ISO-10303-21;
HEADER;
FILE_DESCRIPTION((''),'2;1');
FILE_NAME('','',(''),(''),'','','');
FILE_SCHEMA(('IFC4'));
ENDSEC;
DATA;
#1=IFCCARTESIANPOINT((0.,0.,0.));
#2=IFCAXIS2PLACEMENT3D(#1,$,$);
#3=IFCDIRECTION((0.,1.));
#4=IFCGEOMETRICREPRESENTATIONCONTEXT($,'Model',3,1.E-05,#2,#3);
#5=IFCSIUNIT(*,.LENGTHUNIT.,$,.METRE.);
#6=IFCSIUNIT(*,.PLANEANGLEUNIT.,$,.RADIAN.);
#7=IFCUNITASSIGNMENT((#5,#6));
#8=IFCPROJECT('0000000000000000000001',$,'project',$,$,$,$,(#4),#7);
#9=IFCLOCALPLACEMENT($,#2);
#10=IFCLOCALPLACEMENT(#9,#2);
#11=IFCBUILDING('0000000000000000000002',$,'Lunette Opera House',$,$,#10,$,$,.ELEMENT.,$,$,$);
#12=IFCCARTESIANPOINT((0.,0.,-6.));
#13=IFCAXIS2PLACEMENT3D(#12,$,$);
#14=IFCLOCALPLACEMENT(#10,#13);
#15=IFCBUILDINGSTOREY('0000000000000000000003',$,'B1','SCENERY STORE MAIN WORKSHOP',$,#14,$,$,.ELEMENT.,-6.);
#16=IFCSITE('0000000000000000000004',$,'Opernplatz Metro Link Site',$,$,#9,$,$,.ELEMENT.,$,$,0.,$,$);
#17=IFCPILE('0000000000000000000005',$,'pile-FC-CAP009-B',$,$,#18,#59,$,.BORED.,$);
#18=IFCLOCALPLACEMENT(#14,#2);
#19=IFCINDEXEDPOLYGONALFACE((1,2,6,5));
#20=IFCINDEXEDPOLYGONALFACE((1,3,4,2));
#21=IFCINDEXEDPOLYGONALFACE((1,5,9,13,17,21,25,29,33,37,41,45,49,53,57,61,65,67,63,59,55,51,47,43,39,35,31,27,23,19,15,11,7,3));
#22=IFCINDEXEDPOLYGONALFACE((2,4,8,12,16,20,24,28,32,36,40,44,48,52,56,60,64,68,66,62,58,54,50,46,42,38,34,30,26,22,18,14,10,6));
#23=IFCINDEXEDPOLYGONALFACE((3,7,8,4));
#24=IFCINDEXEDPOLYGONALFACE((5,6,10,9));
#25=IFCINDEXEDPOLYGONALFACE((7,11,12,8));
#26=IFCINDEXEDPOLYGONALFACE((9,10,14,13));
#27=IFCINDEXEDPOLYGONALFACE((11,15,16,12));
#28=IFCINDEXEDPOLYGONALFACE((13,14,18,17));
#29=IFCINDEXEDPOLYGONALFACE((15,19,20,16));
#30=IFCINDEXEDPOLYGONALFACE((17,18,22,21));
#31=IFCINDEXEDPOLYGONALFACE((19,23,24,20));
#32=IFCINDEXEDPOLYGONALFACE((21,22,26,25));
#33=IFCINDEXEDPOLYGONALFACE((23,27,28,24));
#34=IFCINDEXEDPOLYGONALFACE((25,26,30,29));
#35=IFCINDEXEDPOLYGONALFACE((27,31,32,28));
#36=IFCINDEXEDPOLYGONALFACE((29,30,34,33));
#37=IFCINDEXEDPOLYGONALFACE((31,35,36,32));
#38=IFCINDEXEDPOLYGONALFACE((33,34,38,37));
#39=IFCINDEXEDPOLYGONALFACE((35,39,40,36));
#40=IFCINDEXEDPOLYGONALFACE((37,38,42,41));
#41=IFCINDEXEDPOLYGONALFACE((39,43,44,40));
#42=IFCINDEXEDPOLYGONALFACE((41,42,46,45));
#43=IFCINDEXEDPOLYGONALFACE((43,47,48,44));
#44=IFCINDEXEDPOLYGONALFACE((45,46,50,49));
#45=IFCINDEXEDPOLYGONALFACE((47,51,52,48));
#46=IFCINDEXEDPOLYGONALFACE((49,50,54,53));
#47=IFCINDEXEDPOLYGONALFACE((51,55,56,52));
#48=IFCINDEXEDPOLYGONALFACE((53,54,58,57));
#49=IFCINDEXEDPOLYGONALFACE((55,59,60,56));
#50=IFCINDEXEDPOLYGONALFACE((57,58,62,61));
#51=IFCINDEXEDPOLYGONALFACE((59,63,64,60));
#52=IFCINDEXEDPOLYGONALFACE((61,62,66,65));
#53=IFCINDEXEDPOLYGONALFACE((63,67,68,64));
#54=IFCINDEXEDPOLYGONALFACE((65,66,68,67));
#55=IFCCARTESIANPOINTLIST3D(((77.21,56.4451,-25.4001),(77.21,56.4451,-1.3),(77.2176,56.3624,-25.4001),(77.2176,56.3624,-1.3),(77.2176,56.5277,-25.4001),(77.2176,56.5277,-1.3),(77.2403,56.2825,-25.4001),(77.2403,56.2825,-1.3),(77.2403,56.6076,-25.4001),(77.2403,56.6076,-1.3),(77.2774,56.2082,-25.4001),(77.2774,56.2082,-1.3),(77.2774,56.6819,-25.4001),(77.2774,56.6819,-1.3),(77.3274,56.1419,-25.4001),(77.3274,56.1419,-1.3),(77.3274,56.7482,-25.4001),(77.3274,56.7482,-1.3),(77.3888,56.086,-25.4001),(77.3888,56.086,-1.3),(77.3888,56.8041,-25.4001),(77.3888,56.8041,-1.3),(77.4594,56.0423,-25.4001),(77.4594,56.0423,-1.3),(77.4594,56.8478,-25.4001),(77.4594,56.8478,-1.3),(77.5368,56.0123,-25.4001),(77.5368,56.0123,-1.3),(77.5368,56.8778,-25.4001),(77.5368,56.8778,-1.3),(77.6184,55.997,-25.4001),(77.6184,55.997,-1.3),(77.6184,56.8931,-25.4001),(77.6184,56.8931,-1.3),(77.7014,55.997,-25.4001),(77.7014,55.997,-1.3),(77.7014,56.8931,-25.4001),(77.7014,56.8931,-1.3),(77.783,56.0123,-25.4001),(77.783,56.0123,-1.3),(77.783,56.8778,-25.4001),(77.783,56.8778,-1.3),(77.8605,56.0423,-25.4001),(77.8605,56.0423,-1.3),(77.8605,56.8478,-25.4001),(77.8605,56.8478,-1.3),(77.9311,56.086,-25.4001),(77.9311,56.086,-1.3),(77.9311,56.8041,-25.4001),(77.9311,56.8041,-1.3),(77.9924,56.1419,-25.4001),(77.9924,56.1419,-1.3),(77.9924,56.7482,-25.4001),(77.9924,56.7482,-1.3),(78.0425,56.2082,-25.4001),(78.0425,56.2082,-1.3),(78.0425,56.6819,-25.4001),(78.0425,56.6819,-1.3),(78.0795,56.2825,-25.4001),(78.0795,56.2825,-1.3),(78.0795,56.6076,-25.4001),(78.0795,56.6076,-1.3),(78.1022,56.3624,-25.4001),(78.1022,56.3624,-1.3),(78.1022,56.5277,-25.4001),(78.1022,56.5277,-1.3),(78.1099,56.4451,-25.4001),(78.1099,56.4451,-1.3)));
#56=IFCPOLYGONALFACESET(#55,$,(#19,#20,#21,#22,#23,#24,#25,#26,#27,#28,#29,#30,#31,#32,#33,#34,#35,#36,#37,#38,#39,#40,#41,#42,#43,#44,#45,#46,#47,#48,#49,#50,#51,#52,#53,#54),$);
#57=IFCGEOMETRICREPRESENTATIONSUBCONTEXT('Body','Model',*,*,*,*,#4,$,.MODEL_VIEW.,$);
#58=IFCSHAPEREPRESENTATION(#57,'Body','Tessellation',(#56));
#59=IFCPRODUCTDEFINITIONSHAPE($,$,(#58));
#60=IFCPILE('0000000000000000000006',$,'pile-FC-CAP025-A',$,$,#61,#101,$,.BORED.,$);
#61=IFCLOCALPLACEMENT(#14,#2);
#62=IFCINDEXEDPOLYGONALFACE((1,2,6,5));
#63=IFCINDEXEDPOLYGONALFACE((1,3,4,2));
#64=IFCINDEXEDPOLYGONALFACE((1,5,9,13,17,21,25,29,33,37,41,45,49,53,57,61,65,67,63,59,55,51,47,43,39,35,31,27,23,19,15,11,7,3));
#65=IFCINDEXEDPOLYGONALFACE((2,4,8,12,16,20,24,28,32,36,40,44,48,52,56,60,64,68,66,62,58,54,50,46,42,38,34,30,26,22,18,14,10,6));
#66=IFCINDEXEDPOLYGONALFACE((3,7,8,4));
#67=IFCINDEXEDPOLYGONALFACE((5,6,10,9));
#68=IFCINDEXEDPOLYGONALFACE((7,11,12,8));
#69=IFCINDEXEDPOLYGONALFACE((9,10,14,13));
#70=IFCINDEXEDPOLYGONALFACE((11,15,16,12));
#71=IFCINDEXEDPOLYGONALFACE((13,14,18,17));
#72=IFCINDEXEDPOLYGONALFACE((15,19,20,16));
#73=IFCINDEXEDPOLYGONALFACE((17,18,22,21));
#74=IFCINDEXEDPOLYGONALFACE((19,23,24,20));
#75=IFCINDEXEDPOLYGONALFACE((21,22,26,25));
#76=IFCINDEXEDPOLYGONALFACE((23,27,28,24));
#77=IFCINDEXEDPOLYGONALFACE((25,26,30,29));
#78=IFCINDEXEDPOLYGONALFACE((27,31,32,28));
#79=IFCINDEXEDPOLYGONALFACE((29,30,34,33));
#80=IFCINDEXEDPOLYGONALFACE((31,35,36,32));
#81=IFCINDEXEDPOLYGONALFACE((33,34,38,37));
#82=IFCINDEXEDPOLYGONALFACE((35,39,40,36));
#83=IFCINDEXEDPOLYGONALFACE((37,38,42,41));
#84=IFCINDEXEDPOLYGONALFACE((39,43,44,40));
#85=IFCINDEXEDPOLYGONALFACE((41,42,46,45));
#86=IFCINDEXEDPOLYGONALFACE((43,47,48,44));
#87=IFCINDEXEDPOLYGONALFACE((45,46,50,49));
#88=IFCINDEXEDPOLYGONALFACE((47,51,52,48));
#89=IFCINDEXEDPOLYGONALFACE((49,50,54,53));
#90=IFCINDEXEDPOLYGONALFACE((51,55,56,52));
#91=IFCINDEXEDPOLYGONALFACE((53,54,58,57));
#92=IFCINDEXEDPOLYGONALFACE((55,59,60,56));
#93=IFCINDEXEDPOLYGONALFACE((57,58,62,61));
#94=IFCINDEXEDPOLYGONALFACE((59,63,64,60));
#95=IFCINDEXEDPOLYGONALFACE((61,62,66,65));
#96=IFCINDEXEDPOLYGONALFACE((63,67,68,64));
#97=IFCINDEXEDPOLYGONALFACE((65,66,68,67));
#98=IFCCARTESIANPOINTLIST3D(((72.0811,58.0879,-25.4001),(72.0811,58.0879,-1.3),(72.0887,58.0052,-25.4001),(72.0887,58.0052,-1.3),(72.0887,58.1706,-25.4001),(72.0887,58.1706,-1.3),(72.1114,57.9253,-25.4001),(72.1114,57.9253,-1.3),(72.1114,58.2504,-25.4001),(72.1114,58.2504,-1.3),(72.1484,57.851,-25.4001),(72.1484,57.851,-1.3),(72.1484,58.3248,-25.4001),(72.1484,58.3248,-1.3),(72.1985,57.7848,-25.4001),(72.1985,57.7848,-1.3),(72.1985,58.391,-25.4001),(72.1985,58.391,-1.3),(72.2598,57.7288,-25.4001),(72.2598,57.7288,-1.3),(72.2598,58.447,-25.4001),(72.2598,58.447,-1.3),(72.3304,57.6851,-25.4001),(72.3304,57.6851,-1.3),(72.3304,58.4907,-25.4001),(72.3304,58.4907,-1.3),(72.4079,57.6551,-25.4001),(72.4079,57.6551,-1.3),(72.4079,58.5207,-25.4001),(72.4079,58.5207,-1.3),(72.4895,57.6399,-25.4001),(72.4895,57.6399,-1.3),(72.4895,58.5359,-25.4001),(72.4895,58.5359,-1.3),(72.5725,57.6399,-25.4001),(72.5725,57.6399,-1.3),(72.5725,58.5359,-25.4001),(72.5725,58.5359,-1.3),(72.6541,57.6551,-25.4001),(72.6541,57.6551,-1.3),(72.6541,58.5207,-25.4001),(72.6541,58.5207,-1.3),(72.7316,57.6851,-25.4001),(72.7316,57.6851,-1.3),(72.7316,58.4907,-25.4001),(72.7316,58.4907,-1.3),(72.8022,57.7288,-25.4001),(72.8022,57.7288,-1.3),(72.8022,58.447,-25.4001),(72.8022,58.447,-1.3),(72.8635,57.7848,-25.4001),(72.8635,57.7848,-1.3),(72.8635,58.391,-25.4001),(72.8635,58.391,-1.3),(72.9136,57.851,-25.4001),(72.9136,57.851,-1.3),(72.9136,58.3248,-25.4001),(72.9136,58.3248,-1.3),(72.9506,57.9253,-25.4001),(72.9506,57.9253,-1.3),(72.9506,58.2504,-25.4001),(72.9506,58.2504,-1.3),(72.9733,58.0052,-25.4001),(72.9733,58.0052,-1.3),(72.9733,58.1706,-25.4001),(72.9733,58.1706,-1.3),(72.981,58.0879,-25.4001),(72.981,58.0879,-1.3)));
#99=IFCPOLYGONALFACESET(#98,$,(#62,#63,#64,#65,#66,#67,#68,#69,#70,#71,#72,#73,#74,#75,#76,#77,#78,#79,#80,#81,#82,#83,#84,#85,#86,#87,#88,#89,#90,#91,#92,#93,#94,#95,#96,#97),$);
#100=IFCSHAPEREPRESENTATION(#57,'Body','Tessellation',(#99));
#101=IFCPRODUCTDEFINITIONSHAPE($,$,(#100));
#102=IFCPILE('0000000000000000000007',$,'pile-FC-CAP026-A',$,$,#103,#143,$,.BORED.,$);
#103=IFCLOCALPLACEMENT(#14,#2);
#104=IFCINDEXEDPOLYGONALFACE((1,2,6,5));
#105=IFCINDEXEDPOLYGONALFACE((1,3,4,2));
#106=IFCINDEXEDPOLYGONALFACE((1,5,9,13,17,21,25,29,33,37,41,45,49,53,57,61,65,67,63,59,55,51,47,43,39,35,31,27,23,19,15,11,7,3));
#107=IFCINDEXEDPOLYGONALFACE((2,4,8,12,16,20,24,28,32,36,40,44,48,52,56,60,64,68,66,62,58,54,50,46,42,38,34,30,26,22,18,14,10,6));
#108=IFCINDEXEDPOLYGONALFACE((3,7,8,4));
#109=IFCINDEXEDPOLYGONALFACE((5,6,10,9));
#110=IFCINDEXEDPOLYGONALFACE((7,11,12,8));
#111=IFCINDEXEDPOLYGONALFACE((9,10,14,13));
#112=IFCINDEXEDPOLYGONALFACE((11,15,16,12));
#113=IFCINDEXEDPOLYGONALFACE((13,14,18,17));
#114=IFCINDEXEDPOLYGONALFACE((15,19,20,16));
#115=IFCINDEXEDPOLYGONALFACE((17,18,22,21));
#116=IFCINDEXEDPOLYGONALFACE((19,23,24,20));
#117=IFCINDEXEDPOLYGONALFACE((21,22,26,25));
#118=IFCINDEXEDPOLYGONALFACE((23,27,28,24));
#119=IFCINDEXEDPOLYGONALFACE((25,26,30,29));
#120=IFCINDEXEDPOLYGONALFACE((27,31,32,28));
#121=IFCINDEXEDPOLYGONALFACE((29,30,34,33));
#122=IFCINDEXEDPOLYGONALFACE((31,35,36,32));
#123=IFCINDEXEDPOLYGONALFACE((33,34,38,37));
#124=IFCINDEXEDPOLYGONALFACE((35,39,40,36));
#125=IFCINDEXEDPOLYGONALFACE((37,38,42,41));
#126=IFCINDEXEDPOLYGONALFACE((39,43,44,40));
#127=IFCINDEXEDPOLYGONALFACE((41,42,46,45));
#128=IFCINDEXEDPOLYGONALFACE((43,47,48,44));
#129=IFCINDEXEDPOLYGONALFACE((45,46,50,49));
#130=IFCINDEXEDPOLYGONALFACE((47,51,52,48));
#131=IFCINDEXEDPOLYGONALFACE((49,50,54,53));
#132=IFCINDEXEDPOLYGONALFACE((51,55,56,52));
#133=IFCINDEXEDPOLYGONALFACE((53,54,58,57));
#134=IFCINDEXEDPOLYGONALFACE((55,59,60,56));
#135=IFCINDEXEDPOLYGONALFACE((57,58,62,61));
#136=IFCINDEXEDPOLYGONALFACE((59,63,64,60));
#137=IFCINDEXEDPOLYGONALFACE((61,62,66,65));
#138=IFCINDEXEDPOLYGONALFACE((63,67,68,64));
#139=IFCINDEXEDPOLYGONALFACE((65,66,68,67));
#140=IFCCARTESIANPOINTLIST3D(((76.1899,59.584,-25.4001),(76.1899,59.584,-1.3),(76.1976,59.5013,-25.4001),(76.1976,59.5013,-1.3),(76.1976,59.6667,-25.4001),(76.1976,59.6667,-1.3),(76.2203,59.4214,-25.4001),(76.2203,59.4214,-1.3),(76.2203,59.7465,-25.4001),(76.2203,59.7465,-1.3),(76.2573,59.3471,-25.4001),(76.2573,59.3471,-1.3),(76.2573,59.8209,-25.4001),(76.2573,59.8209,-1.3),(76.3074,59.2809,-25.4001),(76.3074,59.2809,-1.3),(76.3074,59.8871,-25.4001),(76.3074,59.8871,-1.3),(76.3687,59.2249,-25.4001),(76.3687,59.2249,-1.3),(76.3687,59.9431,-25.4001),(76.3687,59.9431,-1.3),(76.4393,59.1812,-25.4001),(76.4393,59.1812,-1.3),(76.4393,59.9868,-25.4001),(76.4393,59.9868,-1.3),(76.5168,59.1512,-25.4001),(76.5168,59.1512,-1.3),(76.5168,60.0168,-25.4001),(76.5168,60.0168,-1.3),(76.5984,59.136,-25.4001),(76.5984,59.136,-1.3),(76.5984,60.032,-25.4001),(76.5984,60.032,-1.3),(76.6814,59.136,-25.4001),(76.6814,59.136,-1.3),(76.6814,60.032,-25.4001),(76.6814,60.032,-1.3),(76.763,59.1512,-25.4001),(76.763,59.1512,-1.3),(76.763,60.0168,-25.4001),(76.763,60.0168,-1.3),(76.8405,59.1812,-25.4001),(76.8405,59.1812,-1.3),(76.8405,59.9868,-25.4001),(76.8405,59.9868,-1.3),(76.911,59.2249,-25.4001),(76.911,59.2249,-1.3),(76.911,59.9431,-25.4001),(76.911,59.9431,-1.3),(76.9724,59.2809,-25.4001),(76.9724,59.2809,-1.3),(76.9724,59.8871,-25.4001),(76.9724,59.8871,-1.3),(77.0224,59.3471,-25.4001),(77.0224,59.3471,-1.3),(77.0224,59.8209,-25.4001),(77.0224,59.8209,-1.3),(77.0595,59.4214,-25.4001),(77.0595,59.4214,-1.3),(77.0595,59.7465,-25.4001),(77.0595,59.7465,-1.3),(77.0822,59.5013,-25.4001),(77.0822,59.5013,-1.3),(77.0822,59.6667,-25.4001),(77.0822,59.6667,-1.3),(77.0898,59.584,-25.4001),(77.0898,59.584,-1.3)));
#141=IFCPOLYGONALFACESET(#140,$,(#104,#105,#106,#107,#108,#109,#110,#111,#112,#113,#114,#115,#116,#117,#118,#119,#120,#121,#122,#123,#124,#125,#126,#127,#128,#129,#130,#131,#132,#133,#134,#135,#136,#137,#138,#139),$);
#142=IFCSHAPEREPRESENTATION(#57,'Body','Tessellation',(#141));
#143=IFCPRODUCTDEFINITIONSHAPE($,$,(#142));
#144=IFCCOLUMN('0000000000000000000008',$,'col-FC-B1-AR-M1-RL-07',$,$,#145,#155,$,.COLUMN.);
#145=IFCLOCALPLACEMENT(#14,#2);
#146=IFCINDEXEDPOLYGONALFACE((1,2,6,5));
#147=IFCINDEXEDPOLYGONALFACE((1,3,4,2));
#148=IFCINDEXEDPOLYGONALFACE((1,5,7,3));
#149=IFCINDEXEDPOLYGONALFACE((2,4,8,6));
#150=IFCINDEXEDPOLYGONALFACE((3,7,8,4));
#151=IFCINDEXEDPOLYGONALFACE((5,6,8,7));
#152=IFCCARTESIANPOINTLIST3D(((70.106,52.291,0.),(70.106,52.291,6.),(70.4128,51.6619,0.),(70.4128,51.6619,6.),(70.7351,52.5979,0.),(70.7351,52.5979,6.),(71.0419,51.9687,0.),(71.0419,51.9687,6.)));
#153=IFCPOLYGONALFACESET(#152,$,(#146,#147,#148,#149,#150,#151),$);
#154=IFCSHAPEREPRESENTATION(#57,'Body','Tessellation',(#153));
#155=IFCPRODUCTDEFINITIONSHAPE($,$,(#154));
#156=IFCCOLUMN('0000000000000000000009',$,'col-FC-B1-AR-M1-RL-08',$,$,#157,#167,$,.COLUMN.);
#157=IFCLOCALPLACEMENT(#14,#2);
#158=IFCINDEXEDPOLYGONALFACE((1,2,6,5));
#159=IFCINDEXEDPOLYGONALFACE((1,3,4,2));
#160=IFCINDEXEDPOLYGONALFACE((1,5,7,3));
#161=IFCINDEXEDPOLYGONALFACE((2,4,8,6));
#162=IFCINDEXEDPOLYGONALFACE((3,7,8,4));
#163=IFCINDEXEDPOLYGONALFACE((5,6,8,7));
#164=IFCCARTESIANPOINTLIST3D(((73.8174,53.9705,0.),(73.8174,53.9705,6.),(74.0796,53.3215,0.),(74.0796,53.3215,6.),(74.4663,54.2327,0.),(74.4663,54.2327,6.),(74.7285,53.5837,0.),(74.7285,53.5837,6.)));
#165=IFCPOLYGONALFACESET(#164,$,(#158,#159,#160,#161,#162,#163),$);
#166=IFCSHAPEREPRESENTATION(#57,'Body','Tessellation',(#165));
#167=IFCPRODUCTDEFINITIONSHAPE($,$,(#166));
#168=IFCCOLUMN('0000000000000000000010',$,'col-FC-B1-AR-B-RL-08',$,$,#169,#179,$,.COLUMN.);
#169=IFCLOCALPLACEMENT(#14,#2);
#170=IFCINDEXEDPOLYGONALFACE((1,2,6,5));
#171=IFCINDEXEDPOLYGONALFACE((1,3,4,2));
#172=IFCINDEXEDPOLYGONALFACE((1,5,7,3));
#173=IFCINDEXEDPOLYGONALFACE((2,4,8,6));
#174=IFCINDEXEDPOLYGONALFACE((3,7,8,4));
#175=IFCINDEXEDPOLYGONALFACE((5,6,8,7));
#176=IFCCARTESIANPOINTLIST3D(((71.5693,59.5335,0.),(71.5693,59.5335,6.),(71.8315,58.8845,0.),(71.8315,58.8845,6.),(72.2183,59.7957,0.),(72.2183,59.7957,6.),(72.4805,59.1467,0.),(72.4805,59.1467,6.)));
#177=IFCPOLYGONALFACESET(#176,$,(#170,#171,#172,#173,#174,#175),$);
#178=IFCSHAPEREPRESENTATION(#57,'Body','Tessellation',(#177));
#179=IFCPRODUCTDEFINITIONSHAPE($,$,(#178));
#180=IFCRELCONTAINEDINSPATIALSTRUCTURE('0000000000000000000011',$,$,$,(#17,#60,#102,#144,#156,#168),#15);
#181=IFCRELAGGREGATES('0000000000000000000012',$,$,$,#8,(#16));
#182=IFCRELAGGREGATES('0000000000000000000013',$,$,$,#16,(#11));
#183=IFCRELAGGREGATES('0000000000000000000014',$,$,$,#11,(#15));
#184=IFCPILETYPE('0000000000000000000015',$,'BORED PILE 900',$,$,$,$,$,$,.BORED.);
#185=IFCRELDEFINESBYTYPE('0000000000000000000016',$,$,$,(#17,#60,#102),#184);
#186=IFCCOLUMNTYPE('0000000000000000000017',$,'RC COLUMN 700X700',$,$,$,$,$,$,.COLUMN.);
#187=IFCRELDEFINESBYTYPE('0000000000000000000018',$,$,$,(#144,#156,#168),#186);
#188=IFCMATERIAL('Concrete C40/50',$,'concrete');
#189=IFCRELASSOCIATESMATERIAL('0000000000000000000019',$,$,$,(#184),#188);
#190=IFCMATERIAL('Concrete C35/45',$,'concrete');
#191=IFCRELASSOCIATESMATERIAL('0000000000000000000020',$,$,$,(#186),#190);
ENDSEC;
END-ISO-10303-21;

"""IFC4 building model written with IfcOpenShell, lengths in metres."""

from ifc_helpers import new_model, si_unit, direction, frame, origin, origin_2d, place, context, subcontext, project, spatial, rectangle, circle, extrude, material, material_profile, profile_set, type_object, element, save


model = new_model("IFC4")

# Units and contexts
model_context = context("Model", 3, precision=1e-05, world=origin(), true_north=direction((0.0, 1.0)))
body_context = subcontext(model_context, "Body", "Model", "MODEL_VIEW")
ifc_project = project(units=[si_unit("LENGTHUNIT", "METRE"), si_unit("PLANEANGLEUNIT", "RADIAN")], contexts=[model_context])

# Site, building, storey
site_placement = place(None, origin())
site = spatial("IfcSite", under=ifc_project, at=site_placement, Name="Opernplatz Metro Link Site", CompositionType="ELEMENT", RefElevation=0.0)
building_placement = place(site_placement, origin())
building = spatial("IfcBuilding", under=site, at=building_placement, Name="Lunette Opera House", CompositionType="ELEMENT")
storey_placement = place(building_placement, frame((0.0, 0.0, -6.0)))
storey = spatial("IfcBuildingStorey", under=building, at=storey_placement, Name="B1", Description="SCENERY STORE MAIN WORKSHOP", CompositionType="ELEMENT", Elevation=-6.0)

# Piles
ifc_material_1 = material(Name="Concrete C40/50", Category="concrete")
ifc_material_profile_1 = material_profile(ifc_material_1, circle(Radius=0.45, at=origin_2d()), Name="BORED PILE 900")
ifc_profile_set_1 = profile_set([ifc_material_profile_1], Name="Concrete C40/50")
pile_type = type_object("IfcPileType", Name="BORED PILE 900", PredefinedType="BORED", material=ifc_profile_set_1)
for number, where, z_axis, x_axis, name in (
    (1, (77.6599, 56.4451, -1.3), (0.0, 0.0, -1.0), (1.0, 0.0, 0.0), "pile-FC-CAP009-B"),
    (2, (72.531, 58.0879, -1.3), (0.0, 0.0, -1.0), (1.0, 0.0, 0.0), "pile-FC-CAP025-A"),
    (3, (76.6399, 59.584, -1.3), (0.0, 0.0, -1.0), (1.0, 0.0, 0.0), "pile-FC-CAP026-A"),
):
    element("IfcPile", number, at=place(storey_placement, frame(where, z_axis=z_axis, x_axis=x_axis)), inside=storey, type_object=pile_type, Name=name, PredefinedType="BORED", context=body_context, shape_type="SweptSolid", body=[
        extrude(circle(Radius=0.45, at=origin_2d()), origin(), (0.0, 0.0, 1.0), 24.1001),
    ])

# Columns
ifc_material_2 = material(Name="Concrete C35/45", Category="concrete")
ifc_material_profile_2 = material_profile(ifc_material_2, rectangle(XDim=0.7, YDim=0.7, at=origin_2d()), Name="RC COLUMN 700X700")
ifc_profile_set_2 = profile_set([ifc_material_profile_2], Name="Concrete C35/45")
column_type = type_object("IfcColumnType", Name="RC COLUMN 700X700", PredefinedType="COLUMN", material=ifc_profile_set_2)
for number, where, z_axis, x_axis, name in (
    (4, (70.574, 52.1299, 0.0), (0.0, 0.0, 1.0), (0.898794, 0.438371, 0.0), "col-FC-B1-AR-M1-RL-07"),
    (5, (74.2729, 53.7771, 0.0), (0.0, 0.0, 1.0), (0.927184, 0.374607, 0.0), "col-FC-B1-AR-M1-RL-08"),
    (6, (72.0249, 59.3401, 0.0), (0.0, 0.0, 1.0), (0.927184, 0.374607, 0.0), "col-FC-B1-AR-B-RL-08"),
):
    element("IfcColumn", number, at=place(storey_placement, frame(where, z_axis=z_axis, x_axis=x_axis)), inside=storey, type_object=column_type, Name=name, PredefinedType="COLUMN", context=body_context, shape_type="SweptSolid", body=[
        extrude(rectangle(XDim=0.7, YDim=0.7, at=origin_2d()), origin(), (0.0, 0.0, 1.0), 6.0),
    ])

save(model, "model.ifc")
